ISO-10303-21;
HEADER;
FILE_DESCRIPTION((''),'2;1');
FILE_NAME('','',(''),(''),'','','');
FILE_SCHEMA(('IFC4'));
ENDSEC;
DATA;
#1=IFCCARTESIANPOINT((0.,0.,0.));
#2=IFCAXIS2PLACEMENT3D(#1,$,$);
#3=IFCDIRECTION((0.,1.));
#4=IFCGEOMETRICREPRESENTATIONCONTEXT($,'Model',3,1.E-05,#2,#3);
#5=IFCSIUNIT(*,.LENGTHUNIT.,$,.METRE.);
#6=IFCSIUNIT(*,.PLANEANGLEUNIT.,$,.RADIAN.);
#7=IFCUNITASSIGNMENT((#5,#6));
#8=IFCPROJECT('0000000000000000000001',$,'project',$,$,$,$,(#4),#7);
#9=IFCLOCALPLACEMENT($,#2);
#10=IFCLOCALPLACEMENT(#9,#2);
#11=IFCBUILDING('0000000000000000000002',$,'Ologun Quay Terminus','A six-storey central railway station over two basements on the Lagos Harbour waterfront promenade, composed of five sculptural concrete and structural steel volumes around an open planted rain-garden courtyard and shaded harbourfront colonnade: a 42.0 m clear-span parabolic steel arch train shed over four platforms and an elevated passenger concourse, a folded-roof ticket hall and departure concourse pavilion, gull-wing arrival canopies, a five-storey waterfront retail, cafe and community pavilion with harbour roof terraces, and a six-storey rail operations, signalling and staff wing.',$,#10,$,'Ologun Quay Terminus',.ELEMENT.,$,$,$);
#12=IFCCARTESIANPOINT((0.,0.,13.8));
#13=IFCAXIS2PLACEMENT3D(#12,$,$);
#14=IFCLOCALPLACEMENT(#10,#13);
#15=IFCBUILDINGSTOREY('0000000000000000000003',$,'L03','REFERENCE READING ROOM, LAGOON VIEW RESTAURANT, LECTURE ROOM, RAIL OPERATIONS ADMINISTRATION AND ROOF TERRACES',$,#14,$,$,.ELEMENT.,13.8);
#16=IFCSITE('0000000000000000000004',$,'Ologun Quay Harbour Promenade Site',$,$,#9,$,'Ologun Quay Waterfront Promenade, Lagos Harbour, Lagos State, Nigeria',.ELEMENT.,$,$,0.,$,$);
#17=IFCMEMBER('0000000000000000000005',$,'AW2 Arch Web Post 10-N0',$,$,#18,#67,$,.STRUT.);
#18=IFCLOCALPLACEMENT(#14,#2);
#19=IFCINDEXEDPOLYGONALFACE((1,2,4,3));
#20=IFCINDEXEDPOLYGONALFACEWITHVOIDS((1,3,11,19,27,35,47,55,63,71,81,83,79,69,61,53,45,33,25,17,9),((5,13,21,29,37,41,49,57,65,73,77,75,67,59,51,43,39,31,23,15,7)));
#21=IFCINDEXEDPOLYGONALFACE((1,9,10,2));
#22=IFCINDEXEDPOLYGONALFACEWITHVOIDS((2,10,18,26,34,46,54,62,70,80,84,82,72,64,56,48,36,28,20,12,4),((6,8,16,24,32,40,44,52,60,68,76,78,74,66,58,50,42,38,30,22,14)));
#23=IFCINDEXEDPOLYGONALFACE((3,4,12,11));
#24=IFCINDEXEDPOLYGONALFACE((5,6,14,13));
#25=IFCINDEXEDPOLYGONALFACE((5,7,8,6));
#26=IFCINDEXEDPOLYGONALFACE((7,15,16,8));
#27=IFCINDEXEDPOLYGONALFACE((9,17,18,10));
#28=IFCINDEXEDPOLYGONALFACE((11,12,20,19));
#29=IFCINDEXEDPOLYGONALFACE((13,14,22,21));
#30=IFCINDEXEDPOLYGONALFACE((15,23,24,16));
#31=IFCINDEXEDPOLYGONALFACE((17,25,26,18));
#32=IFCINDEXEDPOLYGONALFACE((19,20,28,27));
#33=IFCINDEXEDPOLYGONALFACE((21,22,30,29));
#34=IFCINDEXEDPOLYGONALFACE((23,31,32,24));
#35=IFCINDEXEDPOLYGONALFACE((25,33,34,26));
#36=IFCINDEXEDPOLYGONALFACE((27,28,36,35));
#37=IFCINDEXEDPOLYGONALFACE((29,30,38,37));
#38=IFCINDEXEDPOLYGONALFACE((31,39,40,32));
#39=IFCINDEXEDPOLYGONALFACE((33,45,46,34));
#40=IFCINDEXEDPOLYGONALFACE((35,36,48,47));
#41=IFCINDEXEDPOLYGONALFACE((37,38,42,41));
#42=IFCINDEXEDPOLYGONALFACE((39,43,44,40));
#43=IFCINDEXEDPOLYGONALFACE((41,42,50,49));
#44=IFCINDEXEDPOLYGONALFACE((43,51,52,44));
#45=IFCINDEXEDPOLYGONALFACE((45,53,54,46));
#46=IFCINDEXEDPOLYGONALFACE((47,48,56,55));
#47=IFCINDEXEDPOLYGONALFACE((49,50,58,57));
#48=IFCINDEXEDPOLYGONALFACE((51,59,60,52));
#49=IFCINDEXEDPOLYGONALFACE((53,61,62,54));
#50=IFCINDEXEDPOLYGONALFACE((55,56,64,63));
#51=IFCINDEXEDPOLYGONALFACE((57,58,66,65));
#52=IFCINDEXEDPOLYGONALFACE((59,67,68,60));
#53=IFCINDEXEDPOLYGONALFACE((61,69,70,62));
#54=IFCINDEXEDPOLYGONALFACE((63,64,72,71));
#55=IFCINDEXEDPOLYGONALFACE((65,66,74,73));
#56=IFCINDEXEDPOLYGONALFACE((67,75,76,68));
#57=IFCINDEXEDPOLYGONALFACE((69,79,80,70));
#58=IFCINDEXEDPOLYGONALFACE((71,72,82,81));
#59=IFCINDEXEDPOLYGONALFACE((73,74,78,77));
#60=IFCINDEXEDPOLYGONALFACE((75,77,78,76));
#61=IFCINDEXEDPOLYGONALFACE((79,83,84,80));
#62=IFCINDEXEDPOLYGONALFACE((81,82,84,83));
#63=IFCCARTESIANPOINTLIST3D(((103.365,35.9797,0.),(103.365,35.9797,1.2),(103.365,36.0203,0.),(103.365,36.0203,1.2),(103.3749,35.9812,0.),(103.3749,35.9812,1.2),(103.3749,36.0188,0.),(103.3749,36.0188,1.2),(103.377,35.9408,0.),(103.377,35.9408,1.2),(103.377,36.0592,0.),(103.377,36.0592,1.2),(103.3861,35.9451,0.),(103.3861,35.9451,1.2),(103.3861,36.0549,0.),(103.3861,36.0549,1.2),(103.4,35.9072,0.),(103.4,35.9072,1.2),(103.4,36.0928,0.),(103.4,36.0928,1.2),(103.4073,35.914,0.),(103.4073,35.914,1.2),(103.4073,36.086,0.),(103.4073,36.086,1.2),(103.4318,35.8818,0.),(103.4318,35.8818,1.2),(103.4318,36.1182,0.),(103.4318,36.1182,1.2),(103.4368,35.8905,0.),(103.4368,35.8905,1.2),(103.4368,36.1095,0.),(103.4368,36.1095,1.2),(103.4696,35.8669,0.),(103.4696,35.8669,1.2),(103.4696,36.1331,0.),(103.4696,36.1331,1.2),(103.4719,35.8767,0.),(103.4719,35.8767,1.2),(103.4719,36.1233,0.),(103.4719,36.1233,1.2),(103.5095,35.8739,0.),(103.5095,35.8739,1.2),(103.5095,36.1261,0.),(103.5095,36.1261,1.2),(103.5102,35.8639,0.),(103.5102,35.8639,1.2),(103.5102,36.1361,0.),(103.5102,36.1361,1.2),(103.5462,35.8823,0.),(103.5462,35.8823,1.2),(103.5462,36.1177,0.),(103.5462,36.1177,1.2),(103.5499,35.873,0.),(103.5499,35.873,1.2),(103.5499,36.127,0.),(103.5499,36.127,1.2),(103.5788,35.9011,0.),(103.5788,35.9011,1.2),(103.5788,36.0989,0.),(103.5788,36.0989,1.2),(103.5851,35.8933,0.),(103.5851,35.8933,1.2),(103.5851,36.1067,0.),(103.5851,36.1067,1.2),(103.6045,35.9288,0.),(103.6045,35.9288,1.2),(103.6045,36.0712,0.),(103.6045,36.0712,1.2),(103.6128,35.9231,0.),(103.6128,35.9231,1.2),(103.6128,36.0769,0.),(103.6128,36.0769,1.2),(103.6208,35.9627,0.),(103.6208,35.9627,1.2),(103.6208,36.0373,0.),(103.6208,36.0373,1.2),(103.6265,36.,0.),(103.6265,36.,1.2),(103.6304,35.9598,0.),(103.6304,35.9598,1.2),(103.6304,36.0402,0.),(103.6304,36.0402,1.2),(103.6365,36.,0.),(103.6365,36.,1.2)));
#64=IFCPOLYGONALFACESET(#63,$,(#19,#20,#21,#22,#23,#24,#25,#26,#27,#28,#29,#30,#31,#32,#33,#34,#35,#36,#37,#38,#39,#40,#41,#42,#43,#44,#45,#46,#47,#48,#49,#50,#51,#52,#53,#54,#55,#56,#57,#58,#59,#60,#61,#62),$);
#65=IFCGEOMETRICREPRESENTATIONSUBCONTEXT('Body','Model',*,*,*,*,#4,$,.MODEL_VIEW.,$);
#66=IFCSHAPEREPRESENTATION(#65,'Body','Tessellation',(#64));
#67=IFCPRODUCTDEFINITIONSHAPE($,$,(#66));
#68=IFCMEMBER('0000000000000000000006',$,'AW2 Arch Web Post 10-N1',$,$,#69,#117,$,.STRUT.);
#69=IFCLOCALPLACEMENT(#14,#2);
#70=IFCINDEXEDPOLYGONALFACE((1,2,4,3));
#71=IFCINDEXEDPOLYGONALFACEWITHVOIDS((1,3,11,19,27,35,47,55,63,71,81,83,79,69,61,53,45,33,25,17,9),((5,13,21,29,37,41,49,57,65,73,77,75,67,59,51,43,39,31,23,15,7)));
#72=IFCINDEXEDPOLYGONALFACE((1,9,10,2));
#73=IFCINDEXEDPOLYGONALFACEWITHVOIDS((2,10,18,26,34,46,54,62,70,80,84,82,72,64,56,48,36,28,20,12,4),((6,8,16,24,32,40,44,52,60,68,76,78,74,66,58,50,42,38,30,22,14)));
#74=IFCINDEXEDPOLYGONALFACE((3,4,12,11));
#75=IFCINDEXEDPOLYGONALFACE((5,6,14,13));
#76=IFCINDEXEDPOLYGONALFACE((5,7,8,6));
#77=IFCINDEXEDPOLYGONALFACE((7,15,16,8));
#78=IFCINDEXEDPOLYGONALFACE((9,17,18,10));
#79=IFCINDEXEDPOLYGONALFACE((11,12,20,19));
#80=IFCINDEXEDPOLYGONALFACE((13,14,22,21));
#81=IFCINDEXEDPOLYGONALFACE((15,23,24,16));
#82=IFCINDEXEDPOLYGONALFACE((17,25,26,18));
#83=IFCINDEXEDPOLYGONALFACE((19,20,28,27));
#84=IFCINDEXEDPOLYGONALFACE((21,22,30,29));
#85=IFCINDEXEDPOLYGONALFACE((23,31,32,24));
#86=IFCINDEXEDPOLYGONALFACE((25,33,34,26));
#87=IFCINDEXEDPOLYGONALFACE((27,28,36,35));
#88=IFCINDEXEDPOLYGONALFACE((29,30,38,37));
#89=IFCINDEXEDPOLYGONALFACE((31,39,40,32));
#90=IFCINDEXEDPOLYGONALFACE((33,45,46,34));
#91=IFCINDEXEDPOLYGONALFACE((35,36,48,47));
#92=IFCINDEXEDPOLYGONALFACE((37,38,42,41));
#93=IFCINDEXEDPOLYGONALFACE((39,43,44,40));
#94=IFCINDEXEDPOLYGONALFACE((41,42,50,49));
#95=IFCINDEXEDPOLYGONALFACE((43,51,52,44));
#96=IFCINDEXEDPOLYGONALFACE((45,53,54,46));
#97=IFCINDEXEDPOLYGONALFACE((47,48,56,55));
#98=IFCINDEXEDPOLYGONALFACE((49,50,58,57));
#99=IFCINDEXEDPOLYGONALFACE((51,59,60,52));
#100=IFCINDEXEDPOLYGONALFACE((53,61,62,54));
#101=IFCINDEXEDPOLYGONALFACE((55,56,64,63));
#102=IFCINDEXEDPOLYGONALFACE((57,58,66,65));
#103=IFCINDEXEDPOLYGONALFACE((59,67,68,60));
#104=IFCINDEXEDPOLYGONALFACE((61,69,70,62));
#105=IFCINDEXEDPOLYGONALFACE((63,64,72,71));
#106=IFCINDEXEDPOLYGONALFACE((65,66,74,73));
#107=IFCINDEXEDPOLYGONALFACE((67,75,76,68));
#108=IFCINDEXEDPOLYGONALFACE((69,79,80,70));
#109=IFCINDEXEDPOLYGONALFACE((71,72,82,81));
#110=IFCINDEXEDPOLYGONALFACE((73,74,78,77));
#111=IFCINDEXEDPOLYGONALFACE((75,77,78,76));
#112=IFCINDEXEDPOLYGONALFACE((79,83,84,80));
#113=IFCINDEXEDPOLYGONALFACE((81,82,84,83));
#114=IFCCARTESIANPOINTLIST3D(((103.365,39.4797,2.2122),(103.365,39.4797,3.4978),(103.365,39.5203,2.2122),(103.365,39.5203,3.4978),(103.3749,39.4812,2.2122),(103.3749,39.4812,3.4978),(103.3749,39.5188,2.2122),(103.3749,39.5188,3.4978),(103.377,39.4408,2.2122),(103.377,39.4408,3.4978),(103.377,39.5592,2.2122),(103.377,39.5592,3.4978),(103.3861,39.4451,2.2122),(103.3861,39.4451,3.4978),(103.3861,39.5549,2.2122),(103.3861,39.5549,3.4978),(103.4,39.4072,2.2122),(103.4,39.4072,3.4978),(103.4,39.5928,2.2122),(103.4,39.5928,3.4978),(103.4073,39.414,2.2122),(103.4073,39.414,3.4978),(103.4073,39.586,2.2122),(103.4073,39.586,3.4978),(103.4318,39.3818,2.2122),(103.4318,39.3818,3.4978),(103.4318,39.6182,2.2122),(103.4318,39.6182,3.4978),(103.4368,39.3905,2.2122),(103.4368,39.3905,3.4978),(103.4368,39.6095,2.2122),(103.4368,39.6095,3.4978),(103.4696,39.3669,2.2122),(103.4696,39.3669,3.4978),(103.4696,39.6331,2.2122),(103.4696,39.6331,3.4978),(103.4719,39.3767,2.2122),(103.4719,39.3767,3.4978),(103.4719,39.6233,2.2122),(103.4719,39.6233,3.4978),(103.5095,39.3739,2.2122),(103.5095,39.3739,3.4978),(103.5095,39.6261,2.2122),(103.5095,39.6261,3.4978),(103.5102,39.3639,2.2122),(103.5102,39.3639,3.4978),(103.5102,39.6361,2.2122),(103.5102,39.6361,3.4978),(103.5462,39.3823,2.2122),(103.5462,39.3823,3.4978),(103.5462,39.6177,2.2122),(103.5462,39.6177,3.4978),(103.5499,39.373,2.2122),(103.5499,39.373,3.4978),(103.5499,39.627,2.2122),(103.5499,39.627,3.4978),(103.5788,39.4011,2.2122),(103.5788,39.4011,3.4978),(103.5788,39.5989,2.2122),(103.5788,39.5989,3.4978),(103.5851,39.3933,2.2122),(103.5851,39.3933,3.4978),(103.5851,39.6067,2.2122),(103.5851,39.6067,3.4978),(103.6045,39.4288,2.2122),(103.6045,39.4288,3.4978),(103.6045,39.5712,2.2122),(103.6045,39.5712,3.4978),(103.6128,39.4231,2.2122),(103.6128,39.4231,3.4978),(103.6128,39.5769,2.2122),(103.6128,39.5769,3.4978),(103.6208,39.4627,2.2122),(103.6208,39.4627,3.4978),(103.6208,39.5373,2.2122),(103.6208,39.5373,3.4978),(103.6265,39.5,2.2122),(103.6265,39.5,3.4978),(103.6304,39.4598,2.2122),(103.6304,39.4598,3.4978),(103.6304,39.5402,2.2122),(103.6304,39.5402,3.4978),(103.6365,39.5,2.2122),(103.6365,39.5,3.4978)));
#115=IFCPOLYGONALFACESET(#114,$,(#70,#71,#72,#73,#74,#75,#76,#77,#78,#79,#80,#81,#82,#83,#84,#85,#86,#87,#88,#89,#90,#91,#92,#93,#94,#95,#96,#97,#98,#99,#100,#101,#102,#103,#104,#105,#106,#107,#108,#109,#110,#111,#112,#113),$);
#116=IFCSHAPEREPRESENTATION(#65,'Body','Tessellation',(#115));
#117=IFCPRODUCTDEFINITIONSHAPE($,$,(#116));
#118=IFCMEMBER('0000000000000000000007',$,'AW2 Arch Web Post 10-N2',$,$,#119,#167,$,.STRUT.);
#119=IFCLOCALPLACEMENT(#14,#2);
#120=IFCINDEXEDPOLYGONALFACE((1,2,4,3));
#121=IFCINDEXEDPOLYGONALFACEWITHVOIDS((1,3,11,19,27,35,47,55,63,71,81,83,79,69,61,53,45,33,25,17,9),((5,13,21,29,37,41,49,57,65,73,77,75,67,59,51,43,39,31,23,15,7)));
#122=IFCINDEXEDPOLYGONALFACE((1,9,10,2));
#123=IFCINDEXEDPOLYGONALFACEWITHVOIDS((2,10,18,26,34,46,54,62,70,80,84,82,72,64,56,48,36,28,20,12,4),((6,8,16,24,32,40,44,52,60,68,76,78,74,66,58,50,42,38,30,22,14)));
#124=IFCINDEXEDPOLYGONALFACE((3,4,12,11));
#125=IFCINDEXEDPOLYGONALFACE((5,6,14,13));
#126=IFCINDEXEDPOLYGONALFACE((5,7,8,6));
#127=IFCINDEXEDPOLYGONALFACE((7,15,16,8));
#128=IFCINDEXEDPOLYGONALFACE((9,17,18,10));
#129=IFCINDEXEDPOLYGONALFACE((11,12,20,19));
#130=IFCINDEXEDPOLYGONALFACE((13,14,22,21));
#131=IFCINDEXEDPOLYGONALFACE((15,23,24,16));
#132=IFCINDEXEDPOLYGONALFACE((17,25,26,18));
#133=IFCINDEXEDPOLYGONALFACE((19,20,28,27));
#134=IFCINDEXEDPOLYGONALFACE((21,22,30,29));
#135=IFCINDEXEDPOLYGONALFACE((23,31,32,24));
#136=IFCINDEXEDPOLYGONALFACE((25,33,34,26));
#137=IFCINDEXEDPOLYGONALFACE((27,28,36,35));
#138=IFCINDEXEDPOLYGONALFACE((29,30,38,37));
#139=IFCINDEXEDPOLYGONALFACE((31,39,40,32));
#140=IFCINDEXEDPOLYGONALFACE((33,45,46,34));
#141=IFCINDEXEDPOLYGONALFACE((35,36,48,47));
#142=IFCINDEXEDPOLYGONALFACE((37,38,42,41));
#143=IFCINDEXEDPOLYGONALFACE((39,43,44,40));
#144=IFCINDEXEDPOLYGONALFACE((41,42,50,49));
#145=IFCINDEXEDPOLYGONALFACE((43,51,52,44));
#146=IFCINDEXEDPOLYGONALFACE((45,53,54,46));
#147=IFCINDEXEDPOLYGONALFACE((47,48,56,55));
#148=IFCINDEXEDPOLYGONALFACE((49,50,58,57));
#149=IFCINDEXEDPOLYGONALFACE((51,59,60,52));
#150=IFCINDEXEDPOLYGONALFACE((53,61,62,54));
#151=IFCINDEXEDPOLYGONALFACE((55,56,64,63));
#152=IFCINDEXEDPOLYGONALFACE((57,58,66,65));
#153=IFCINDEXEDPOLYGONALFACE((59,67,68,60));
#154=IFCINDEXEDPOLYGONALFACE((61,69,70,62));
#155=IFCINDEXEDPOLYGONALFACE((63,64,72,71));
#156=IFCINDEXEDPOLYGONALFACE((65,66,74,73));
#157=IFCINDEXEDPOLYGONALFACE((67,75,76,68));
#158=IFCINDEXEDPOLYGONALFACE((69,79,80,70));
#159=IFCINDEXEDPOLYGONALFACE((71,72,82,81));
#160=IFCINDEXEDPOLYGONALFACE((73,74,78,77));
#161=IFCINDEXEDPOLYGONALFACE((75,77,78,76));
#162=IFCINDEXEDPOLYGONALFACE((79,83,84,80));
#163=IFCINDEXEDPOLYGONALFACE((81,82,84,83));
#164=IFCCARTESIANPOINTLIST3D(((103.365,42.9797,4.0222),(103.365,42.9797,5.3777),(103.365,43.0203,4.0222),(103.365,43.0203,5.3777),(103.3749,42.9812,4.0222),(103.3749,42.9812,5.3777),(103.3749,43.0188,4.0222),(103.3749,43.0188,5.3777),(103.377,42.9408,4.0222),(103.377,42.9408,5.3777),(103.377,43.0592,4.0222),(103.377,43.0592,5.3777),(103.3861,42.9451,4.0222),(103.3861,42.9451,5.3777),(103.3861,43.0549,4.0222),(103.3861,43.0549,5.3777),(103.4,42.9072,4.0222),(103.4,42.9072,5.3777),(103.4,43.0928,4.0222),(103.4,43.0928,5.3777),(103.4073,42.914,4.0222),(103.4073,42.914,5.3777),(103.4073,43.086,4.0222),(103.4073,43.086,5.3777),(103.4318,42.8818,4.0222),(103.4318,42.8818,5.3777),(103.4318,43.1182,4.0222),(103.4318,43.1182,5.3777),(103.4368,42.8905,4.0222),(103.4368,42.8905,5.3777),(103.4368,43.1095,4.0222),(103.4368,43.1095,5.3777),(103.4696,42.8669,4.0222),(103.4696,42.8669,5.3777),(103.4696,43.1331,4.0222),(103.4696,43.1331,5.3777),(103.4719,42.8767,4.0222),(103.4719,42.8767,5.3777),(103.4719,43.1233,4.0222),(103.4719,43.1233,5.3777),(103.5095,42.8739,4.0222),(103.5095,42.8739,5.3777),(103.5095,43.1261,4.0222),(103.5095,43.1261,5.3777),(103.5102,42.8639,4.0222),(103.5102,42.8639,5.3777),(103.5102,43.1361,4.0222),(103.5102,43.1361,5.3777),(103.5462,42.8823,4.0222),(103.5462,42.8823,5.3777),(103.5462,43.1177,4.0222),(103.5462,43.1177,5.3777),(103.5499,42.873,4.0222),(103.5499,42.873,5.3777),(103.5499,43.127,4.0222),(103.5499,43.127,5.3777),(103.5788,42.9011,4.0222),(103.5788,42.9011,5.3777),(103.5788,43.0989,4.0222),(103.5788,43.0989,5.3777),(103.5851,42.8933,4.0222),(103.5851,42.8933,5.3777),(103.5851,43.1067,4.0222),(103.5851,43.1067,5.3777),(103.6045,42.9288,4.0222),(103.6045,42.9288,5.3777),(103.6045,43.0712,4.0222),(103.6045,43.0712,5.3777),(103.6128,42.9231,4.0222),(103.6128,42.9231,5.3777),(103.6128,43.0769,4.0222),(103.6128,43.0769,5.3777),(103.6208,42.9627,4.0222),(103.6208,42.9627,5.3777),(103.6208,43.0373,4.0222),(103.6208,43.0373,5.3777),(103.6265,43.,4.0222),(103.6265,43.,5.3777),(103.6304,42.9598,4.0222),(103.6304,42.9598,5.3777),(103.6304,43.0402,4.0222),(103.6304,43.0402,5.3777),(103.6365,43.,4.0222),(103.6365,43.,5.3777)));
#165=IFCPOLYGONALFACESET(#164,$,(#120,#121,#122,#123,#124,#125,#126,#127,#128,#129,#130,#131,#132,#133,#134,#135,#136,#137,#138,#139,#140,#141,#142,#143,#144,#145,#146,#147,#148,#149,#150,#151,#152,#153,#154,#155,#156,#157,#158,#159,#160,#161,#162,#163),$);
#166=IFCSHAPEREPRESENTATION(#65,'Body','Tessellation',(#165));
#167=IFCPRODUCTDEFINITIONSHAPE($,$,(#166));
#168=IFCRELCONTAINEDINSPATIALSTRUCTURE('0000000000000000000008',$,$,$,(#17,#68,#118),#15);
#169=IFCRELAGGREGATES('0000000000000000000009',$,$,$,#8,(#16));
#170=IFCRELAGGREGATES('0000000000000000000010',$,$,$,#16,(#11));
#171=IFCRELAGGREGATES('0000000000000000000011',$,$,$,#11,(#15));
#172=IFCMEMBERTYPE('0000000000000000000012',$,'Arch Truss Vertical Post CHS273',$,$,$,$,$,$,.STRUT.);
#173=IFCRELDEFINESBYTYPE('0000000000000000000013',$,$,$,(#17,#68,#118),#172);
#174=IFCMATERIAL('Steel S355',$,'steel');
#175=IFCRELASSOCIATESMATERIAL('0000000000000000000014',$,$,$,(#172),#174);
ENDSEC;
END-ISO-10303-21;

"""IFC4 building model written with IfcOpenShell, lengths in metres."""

from ifc_helpers import new_model, si_unit, direction, frame, origin, origin_2d, place, context, subcontext, project, spatial, hollow_circle, extrude, material, material_profile, profile_set, type_object, element, save


model = new_model("IFC4")

# Units and contexts
model_context = context("Model", 3, precision=1e-05, world=origin(), true_north=direction((0.0, 1.0)))
body_context = subcontext(model_context, "Body", "Model", "MODEL_VIEW")
ifc_project = project(units=[si_unit("LENGTHUNIT", "METRE"), si_unit("PLANEANGLEUNIT", "RADIAN")], contexts=[model_context])

# Site, building, storey
site_placement = place(None, origin())
site = spatial("IfcSite", under=ifc_project, at=site_placement, Name="Ologun Quay Harbour Promenade Site", LongName="Ologun Quay Waterfront Promenade, Lagos Harbour, Lagos State, Nigeria", CompositionType="ELEMENT", RefElevation=0.0)
building_placement = place(site_placement, origin())
building = spatial("IfcBuilding", under=site, at=building_placement, Name="Ologun Quay Terminus", Description="A six-storey central railway station over two basements on the Lagos Harbour waterfront promenade, composed of five sculptural concrete and structural steel volumes around an open planted rain-garden courtyard and shaded harbourfront colonnade: a 42.0 m clear-span parabolic steel arch train shed over four platforms and an elevated passenger concourse, a folded-roof ticket hall and departure concourse pavilion, gull-wing arrival canopies, a five-storey waterfront retail, cafe and community pavilion with harbour roof terraces, and a six-storey rail operations, signalling and staff wing.", LongName="Ologun Quay Terminus", CompositionType="ELEMENT")
storey_placement = place(building_placement, frame((0.0, 0.0, 13.8)))
storey = spatial("IfcBuildingStorey", under=building, at=storey_placement, Name="L03", Description="REFERENCE READING ROOM, LAGOON VIEW RESTAURANT, LECTURE ROOM, RAIL OPERATIONS ADMINISTRATION AND ROOF TERRACES", CompositionType="ELEMENT", Elevation=13.8)

# Members
ifc_material_1 = material(Name="Steel S355", Category="steel")
ifc_material_profile_1 = material_profile(ifc_material_1, hollow_circle(Radius=0.1365, WallThickness=0.01, at=origin_2d()), Name="CHS 273x10")
ifc_profile_set_1 = profile_set([ifc_material_profile_1], Name="Steel S355")
member_type_1 = type_object("IfcMemberType", Name="Arch Truss Vertical Post CHS273", PredefinedType="STRUT", material=ifc_profile_set_1)
member_1_placement = place(storey_placement, frame((103.5, 36.0, 0.0), z_axis=(0.0, 0.0, 1.0), x_axis=(1.0, 0.0, 0.0)))
element("IfcMember", 1, at=member_1_placement, inside=storey, type_object=member_type_1, Name="AW2 Arch Web Post 10-N0", PredefinedType="STRUT", context=body_context, shape_type="SweptSolid", body=[
    extrude(hollow_circle(Radius=0.1365, WallThickness=0.01, at=origin_2d()), origin(), (0.0, 0.0, 1.0), 1.2),
])
member_2_placement = place(storey_placement, frame((103.5, 39.5, 2.2122), z_axis=(0.0, 0.0, 1.0), x_axis=(1.0, 0.0, 0.0)))
element("IfcMember", 2, at=member_2_placement, inside=storey, type_object=member_type_1, Name="AW2 Arch Web Post 10-N1", PredefinedType="STRUT", context=body_context, shape_type="SweptSolid", body=[
    extrude(hollow_circle(Radius=0.1365, WallThickness=0.01, at=origin_2d()), origin(), (0.0, 0.0, 1.0), 1.2856),
])
member_3_placement = place(storey_placement, frame((103.5, 43.0, 4.0222), z_axis=(0.0, 0.0, 1.0), x_axis=(1.0, 0.0, 0.0)))
element("IfcMember", 3, at=member_3_placement, inside=storey, type_object=member_type_1, Name="AW2 Arch Web Post 10-N2", PredefinedType="STRUT", context=body_context, shape_type="SweptSolid", body=[
    extrude(hollow_circle(Radius=0.1365, WallThickness=0.01, at=origin_2d()), origin(), (0.0, 0.0, 1.0), 1.3555),
])

save(model, "model.ifc")
